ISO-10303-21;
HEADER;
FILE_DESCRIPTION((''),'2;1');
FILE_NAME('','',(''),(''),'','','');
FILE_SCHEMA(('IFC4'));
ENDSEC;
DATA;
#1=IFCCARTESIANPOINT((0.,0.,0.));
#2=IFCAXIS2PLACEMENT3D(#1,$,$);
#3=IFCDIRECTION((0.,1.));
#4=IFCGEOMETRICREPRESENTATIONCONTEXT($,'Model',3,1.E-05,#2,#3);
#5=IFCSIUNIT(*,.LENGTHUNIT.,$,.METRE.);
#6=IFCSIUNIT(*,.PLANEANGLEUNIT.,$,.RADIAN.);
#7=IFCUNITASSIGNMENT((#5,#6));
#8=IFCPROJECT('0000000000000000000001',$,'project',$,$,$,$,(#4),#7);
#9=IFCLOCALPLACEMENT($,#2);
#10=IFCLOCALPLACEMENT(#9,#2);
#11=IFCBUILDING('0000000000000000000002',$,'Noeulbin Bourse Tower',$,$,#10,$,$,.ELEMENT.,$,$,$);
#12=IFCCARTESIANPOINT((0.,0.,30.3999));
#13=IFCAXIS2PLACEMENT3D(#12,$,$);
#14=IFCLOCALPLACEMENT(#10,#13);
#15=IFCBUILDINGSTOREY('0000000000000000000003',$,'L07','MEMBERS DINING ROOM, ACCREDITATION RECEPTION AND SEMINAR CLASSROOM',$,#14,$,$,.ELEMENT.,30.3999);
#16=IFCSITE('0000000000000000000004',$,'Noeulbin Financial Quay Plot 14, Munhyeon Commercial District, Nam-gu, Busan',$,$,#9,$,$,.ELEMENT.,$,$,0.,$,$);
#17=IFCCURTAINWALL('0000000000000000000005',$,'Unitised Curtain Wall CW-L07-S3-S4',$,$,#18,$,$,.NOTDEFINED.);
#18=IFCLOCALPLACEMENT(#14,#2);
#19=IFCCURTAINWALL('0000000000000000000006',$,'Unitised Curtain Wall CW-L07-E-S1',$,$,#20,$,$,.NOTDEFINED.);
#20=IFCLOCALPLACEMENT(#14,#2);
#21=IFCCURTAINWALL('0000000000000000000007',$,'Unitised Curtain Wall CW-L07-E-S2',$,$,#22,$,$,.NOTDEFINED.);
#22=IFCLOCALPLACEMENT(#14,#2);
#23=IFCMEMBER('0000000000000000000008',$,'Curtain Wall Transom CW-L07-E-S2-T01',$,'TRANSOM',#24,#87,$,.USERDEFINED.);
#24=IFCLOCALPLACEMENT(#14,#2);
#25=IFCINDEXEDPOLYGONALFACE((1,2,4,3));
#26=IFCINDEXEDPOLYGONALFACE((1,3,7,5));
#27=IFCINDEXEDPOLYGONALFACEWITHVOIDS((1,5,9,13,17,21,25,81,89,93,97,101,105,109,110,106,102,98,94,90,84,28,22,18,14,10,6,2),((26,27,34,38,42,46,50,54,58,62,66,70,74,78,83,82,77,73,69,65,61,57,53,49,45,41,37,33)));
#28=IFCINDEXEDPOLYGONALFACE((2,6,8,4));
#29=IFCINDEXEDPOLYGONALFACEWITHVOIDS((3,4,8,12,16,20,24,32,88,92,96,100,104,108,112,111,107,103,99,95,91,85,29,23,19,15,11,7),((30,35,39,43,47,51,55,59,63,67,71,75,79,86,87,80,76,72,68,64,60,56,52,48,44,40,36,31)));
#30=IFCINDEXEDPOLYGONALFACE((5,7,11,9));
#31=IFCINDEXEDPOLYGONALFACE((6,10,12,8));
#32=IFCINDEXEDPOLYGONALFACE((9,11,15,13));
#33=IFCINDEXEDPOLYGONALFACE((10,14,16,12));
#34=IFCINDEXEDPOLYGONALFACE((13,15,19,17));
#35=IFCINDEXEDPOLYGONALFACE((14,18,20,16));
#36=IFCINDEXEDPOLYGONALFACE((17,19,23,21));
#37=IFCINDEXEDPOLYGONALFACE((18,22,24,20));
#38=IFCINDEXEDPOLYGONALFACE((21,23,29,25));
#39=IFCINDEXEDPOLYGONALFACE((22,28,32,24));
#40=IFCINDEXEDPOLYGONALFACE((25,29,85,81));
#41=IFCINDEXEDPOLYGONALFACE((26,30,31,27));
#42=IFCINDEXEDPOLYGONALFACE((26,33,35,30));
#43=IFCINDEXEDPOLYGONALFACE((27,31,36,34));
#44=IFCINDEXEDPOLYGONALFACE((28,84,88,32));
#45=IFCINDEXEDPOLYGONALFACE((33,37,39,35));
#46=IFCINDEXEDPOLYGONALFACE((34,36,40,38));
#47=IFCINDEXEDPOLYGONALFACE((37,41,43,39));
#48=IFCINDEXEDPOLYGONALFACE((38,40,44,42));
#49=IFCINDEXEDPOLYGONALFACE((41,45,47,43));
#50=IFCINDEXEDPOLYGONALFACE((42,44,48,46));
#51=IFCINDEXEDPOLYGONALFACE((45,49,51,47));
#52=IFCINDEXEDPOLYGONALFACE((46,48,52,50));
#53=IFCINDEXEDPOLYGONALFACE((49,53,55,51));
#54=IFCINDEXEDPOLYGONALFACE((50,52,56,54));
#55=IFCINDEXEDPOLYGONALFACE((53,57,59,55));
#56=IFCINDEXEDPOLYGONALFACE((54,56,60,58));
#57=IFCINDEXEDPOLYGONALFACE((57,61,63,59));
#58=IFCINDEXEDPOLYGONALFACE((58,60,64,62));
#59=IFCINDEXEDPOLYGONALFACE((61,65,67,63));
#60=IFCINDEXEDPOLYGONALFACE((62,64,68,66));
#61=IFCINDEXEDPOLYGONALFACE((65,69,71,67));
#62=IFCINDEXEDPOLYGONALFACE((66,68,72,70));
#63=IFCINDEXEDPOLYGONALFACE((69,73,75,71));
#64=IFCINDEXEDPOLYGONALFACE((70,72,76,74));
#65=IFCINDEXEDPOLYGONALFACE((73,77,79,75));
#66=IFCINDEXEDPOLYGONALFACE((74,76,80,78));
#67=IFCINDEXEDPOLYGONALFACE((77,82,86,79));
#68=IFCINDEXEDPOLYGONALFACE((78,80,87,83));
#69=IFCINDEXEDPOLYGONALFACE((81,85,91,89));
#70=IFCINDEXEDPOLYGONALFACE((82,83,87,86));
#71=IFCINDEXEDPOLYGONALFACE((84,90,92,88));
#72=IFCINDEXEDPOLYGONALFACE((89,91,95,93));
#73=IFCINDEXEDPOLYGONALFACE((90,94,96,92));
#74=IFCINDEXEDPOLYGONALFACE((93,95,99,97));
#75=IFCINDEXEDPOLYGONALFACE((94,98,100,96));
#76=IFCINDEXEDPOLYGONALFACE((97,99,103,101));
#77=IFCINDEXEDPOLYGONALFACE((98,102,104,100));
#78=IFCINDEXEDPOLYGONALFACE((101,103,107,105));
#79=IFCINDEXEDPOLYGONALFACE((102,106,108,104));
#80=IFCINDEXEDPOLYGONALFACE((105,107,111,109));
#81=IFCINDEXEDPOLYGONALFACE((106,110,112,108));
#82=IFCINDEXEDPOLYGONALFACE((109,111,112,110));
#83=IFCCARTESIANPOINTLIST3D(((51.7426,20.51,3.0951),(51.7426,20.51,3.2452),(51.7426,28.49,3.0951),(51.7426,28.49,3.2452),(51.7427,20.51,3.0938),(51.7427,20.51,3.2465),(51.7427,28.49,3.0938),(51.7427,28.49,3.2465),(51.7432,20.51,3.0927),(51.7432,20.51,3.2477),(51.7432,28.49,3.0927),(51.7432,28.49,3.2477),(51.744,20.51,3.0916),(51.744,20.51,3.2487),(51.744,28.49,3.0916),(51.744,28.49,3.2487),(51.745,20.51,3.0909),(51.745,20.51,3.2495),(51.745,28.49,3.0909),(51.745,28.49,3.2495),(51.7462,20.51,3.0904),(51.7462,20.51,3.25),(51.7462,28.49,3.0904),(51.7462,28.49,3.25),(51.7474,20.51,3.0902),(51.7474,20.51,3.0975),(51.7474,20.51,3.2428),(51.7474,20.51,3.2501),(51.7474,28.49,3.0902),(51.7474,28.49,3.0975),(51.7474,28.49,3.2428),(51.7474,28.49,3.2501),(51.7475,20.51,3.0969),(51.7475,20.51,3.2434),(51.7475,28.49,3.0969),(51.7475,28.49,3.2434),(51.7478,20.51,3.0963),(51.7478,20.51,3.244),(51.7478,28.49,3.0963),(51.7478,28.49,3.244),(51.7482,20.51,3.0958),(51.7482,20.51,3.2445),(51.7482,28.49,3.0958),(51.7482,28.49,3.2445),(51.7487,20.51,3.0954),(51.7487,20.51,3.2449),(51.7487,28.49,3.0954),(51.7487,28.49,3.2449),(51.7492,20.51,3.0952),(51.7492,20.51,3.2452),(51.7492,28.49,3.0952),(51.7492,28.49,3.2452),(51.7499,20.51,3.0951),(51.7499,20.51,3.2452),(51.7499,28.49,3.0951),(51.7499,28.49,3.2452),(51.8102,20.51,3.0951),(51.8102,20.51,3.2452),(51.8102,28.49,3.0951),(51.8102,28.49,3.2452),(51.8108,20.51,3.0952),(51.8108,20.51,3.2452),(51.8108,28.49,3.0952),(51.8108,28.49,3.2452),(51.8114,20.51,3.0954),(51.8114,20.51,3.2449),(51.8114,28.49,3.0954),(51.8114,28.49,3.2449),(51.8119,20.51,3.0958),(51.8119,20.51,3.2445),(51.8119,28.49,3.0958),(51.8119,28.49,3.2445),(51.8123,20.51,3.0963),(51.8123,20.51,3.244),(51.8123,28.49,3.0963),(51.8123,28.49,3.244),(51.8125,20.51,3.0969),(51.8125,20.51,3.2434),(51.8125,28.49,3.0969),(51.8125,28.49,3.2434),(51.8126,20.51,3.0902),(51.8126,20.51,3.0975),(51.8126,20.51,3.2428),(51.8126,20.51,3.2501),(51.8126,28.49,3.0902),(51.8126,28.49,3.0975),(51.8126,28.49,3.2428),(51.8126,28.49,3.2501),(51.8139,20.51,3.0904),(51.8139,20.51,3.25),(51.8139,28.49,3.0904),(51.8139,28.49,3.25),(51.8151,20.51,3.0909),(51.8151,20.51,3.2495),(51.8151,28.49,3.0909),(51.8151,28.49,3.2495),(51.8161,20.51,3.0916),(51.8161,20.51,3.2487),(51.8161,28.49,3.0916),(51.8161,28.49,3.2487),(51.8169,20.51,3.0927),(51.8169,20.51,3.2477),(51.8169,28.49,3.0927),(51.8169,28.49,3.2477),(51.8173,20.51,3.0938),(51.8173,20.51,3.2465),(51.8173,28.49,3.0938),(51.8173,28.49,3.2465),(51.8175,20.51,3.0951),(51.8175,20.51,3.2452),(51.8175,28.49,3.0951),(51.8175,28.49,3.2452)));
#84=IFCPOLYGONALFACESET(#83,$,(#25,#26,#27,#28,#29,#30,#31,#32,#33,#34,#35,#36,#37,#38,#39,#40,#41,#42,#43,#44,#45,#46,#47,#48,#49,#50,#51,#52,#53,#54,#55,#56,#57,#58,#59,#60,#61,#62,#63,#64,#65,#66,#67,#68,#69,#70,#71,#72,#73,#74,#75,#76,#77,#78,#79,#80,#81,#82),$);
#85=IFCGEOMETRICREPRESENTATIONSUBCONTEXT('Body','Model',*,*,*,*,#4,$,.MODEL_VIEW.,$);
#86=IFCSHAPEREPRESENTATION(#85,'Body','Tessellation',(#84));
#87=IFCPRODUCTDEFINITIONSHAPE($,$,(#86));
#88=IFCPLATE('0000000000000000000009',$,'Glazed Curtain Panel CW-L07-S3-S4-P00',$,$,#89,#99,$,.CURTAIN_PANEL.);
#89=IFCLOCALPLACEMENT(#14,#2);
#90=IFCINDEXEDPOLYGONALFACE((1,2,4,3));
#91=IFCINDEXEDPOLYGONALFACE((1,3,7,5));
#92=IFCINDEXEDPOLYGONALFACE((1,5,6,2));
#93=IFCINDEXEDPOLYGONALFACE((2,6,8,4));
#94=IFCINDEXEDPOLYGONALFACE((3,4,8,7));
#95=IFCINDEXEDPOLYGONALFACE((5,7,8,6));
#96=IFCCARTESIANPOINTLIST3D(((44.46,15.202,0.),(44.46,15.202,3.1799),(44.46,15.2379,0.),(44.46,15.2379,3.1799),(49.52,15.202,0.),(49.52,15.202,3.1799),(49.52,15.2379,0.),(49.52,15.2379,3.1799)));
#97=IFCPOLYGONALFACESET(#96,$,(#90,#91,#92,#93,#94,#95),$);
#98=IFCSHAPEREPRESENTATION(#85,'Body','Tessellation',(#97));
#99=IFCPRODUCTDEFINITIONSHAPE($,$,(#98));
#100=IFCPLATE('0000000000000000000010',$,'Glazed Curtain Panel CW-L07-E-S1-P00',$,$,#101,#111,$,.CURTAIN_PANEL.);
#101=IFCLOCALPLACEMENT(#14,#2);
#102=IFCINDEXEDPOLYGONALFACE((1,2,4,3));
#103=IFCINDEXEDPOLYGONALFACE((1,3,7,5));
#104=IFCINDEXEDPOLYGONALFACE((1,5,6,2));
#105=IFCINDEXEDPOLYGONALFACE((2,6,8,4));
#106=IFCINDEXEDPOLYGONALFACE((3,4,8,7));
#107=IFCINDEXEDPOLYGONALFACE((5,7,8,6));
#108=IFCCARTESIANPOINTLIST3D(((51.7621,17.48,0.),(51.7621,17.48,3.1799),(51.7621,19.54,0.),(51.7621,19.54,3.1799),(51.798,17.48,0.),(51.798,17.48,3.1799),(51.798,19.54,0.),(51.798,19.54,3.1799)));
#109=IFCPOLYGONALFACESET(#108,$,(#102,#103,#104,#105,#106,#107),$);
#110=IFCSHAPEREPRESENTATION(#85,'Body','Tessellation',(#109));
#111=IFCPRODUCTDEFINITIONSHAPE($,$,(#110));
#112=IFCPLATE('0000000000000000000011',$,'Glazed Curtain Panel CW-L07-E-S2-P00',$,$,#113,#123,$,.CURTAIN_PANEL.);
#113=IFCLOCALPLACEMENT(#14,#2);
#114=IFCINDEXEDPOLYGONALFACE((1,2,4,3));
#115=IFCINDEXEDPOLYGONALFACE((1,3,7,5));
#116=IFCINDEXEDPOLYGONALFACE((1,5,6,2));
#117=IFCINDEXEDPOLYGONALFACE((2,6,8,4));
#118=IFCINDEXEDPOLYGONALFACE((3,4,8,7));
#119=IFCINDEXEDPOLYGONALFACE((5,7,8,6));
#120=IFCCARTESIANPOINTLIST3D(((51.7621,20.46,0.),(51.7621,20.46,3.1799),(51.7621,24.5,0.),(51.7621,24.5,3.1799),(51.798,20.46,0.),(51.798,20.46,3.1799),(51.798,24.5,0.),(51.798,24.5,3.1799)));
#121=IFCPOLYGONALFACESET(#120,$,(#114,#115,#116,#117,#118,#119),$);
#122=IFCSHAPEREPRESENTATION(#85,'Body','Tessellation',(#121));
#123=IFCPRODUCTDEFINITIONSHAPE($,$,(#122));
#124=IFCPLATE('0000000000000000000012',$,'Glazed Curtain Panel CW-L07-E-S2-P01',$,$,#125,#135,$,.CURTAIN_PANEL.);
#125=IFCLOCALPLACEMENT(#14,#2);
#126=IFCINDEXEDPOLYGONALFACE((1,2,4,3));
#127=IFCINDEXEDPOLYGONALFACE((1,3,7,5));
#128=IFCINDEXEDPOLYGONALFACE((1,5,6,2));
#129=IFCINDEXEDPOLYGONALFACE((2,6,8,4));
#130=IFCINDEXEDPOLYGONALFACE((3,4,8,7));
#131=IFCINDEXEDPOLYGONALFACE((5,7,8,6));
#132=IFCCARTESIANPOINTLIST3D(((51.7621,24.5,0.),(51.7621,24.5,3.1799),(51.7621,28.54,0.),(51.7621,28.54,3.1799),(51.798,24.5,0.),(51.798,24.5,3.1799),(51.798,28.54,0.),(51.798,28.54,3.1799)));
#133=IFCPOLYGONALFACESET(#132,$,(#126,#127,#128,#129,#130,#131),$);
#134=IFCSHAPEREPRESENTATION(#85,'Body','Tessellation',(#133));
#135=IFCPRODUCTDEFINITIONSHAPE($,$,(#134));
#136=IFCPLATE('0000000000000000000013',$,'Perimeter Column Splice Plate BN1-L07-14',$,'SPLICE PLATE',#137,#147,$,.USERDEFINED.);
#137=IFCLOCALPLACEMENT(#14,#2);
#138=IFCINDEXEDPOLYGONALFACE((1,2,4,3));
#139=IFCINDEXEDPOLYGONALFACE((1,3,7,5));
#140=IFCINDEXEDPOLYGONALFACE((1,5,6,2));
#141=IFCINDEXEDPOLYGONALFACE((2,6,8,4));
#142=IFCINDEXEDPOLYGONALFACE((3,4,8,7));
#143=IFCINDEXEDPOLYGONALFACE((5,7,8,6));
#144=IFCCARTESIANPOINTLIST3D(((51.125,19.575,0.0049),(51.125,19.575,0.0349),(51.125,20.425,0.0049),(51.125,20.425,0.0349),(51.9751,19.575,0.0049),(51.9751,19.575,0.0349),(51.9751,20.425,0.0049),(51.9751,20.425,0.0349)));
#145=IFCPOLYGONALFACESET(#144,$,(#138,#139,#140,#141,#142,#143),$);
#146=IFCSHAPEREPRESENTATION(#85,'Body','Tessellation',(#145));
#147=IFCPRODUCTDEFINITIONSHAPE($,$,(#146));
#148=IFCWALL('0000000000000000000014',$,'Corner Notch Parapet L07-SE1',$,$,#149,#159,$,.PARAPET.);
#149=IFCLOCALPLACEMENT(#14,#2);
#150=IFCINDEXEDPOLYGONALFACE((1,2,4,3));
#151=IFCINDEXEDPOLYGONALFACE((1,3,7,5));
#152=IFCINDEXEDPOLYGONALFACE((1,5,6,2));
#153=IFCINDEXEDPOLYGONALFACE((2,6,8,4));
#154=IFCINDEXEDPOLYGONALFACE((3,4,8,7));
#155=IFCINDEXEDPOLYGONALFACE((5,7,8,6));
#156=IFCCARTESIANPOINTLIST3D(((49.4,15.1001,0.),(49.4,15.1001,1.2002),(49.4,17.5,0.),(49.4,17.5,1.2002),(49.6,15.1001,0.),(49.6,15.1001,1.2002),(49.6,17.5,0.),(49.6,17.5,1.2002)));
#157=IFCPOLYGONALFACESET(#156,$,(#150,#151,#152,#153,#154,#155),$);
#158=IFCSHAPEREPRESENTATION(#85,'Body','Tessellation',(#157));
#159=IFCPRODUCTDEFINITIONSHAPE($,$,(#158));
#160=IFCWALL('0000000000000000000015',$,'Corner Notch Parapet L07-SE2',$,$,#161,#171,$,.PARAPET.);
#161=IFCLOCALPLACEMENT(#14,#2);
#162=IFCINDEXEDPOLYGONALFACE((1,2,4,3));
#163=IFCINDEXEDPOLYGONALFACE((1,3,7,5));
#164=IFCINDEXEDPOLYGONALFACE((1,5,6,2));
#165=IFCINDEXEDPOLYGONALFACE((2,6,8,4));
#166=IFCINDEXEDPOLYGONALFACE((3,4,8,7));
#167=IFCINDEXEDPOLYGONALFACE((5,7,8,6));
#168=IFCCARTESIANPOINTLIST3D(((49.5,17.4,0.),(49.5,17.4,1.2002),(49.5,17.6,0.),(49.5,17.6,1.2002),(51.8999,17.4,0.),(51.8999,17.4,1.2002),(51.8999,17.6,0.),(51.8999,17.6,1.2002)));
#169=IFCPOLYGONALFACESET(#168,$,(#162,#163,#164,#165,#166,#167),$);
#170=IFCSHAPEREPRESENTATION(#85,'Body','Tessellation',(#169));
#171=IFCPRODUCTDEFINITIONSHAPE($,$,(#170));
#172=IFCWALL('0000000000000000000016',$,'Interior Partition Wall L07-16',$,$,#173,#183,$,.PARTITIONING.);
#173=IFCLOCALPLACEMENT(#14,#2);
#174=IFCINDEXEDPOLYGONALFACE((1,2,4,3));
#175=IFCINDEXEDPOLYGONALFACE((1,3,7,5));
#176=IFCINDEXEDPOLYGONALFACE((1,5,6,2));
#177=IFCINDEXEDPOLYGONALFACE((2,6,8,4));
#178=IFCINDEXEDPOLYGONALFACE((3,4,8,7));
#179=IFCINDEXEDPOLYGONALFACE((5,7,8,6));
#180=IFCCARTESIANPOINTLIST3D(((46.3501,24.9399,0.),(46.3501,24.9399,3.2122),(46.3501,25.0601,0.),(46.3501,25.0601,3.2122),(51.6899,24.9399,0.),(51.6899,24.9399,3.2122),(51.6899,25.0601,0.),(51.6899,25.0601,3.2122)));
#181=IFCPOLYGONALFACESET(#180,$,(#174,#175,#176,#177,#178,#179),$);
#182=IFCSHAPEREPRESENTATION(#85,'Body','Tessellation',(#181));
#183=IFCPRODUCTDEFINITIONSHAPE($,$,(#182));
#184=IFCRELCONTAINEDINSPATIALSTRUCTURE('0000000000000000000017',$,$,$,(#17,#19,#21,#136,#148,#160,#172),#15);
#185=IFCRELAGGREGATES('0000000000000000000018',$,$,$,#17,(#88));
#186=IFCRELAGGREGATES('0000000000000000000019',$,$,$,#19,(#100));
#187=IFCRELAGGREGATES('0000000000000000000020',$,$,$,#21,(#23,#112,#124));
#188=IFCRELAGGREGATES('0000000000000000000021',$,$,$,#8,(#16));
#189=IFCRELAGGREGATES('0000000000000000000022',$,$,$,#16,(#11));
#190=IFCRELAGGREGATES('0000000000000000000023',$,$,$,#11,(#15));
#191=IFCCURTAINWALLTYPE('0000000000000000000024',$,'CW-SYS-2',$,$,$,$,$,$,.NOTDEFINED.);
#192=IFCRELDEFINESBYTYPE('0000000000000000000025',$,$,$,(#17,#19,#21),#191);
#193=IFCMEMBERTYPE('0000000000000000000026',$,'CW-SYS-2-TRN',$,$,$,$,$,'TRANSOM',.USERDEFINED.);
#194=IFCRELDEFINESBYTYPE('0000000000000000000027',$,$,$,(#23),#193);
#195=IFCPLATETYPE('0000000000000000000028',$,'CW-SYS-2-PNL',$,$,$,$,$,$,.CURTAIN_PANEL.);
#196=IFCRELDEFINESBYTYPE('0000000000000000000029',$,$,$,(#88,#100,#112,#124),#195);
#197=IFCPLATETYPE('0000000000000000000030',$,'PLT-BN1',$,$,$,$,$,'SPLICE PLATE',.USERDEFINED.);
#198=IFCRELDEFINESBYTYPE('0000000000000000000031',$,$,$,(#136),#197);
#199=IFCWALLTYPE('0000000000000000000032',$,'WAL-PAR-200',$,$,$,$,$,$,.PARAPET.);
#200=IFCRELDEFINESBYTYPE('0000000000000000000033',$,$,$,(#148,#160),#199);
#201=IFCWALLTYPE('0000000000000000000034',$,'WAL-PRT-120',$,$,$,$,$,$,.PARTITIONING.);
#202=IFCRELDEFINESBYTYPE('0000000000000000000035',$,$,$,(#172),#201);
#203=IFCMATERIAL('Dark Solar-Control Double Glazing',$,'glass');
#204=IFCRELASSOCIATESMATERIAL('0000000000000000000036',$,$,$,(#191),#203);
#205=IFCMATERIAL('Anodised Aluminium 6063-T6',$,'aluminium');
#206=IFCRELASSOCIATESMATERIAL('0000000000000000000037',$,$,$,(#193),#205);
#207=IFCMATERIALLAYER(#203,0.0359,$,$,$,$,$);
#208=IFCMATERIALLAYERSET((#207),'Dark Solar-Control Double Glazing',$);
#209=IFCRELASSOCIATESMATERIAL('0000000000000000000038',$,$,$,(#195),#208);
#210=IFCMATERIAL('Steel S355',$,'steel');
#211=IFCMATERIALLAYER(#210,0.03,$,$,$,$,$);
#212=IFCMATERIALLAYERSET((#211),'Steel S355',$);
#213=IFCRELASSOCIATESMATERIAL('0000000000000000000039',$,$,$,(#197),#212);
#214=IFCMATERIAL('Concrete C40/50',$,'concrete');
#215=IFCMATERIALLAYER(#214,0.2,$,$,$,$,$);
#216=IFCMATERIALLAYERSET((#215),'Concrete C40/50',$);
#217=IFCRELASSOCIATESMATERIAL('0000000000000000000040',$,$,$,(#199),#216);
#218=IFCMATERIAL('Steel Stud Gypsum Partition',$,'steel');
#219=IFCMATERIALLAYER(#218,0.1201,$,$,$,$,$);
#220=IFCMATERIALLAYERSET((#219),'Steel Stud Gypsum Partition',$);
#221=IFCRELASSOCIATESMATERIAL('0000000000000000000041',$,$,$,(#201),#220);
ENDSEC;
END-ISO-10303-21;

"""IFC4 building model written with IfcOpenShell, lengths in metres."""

from ifc_helpers import new_model, si_unit, direction, frame, frame_2d, origin, origin_2d, place, context, subcontext, project, spatial, rectangle, hollow_rectangle, extrude, material, layer, layer_set, material_profile, profile_set, type_object, element, aggregate, save


model = new_model("IFC4")

# Units and contexts
model_context = context("Model", 3, precision=1e-05, world=origin(), true_north=direction((0.0, 1.0)))
body_context = subcontext(model_context, "Body", "Model", "MODEL_VIEW")
ifc_project = project(units=[si_unit("LENGTHUNIT", "METRE"), si_unit("PLANEANGLEUNIT", "RADIAN")], contexts=[model_context])

# Site, building, storey
site_placement = place(None, origin())
site = spatial("IfcSite", under=ifc_project, at=site_placement, Name="Noeulbin Financial Quay Plot 14, Munhyeon Commercial District, Nam-gu, Busan", CompositionType="ELEMENT", RefElevation=0.0)
building_placement = place(site_placement, origin())
building = spatial("IfcBuilding", under=site, at=building_placement, Name="Noeulbin Bourse Tower", CompositionType="ELEMENT")
storey_placement = place(building_placement, frame((0.0, 0.0, 30.3999)))
storey = spatial("IfcBuildingStorey", under=building, at=storey_placement, Name="L07", Description="MEMBERS DINING ROOM, ACCREDITATION RECEPTION AND SEMINAR CLASSROOM", CompositionType="ELEMENT", Elevation=30.3999)

# Shared definitions
ifc_material_1 = material(Name="Steel S355", Category="steel")

# Curtain walls
ifc_material_2 = material(Name="Dark Solar-Control Double Glazing", Category="glass")
curtain_wall_type = type_object("IfcCurtainWallType", Name="CW-SYS-2", PredefinedType="NOTDEFINED", material=ifc_material_2)
curtain_wall_1_placement = place(storey_placement, origin())
curtain_wall_1 = element("IfcCurtainWall", 1, at=curtain_wall_1_placement, inside=storey, type_object=curtain_wall_type, Name="Unitised Curtain Wall CW-L07-S3-S4", PredefinedType="NOTDEFINED")
ifc_material_3 = material(Name="Anodised Aluminium 6063-T6", Category="aluminium")
curtain_wall_2_placement = place(storey_placement, origin())
curtain_wall_2 = element("IfcCurtainWall", 2, at=curtain_wall_2_placement, inside=storey, type_object=curtain_wall_type, Name="Unitised Curtain Wall CW-L07-E-S1", PredefinedType="NOTDEFINED")
curtain_wall_3_placement = place(storey_placement, origin())
curtain_wall_3 = element("IfcCurtainWall", 3, at=curtain_wall_3_placement, inside=storey, type_object=curtain_wall_type, Name="Unitised Curtain Wall CW-L07-E-S2", PredefinedType="NOTDEFINED")

# Member
ifc_material_profile_1 = material_profile(ifc_material_3, hollow_rectangle(XDim=0.075, YDim=0.1599, WallThickness=0.0049, InnerFilletRadius=0.0024, OuterFilletRadius=0.0049, at=origin_2d()), Name="ALU-TRAN-75x160x5", Category="LoadBearing")
ifc_profile_set_1 = profile_set([ifc_material_profile_1], Name="Anodised Aluminium 6063-T6")
member_type_1 = type_object("IfcMemberType", Name="CW-SYS-2-TRN", ElementType="TRANSOM", PredefinedType="USERDEFINED", material=ifc_profile_set_1)
member_1_placement = place(storey_placement, frame((51.78, 20.51, 3.1702), z_axis=(0.0, 1.0, 0.0), x_axis=(-1.0, 0.0, 0.0)))
member_1 = element("IfcMember", 4, at=member_1_placement, type_object=member_type_1, Name="Curtain Wall Transom CW-L07-E-S2-T01", ObjectType="TRANSOM", PredefinedType="USERDEFINED", context=body_context, shape_type="SweptSolid", body=[
    extrude(hollow_rectangle(XDim=0.075, YDim=0.1599, WallThickness=0.0049, InnerFilletRadius=0.0024, OuterFilletRadius=0.0049, at=origin_2d()), origin(), (0.0, 0.0, 1.0), 7.98),
])

# Plates
ifc_layer_1 = layer(ifc_material_2, 0.0359)
ifc_layer_set_1 = layer_set([ifc_layer_1], Name="Dark Solar-Control Double Glazing")
plate_type_1 = type_object("IfcPlateType", Name="CW-SYS-2-PNL", PredefinedType="CURTAIN_PANEL", material=ifc_layer_set_1)
plate_1_placement = place(storey_placement, frame((46.99, 15.22, 0.0), z_axis=(0.0, 0.0, 1.0), x_axis=(1.0, 0.0, 0.0)))
plate_1 = element("IfcPlate", 5, at=plate_1_placement, type_object=plate_type_1, Name="Glazed Curtain Panel CW-L07-S3-S4-P00", PredefinedType="CURTAIN_PANEL", context=body_context, shape_type="SweptSolid", body=[
    extrude(rectangle(XDim=5.0601, YDim=0.0359, at=origin_2d()), origin(), (0.0, 0.0, 1.0), 3.1799),
])
aggregate(curtain_wall_1, [plate_1])
plate_2_placement = place(storey_placement, frame((51.78, 18.51, 0.0), z_axis=(0.0, 0.0, 1.0), x_axis=(0.0, 1.0, 0.0)))
plate_2 = element("IfcPlate", 6, at=plate_2_placement, type_object=plate_type_1, Name="Glazed Curtain Panel CW-L07-E-S1-P00", PredefinedType="CURTAIN_PANEL", context=body_context, shape_type="SweptSolid", body=[
    extrude(rectangle(XDim=2.0601, YDim=0.0359, at=origin_2d()), origin(), (0.0, 0.0, 1.0), 3.1799),
])
aggregate(curtain_wall_2, [plate_2])
plate_3_placement = place(storey_placement, frame((51.78, 22.48, 0.0), z_axis=(0.0, 0.0, 1.0), x_axis=(0.0, 1.0, 0.0)))
plate_3 = element("IfcPlate", 7, at=plate_3_placement, type_object=plate_type_1, Name="Glazed Curtain Panel CW-L07-E-S2-P00", PredefinedType="CURTAIN_PANEL", context=body_context, shape_type="SweptSolid", body=[
    extrude(rectangle(XDim=4.04, YDim=0.0359, at=origin_2d()), origin(), (0.0, 0.0, 1.0), 3.1799),
])
plate_4_placement = place(storey_placement, frame((51.78, 26.52, 0.0), z_axis=(0.0, 0.0, 1.0), x_axis=(0.0, 1.0, 0.0)))
plate_4 = element("IfcPlate", 8, at=plate_4_placement, type_object=plate_type_1, Name="Glazed Curtain Panel CW-L07-E-S2-P01", PredefinedType="CURTAIN_PANEL", context=body_context, shape_type="SweptSolid", body=[
    extrude(rectangle(XDim=4.04, YDim=0.0359, at=origin_2d()), origin(), (0.0, 0.0, 1.0), 3.1799),
])
aggregate(curtain_wall_3, [member_1, plate_3, plate_4])
ifc_layer_2 = layer(ifc_material_1, 0.03)
ifc_layer_set_2 = layer_set([ifc_layer_2], Name="Steel S355")
plate_type_2 = type_object("IfcPlateType", Name="PLT-BN1", ElementType="SPLICE PLATE", PredefinedType="USERDEFINED", material=ifc_layer_set_2)
plate_5_placement = place(storey_placement, frame((51.55, 20.0, 0.0049), z_axis=(0.0, 0.0, 1.0), x_axis=(1.0, 0.0, 0.0)))
element("IfcPlate", 9, at=plate_5_placement, inside=storey, type_object=plate_type_2, Name="Perimeter Column Splice Plate BN1-L07-14", ObjectType="SPLICE PLATE", PredefinedType="USERDEFINED", context=body_context, shape_type="SweptSolid", body=[
    extrude(rectangle(XDim=0.8501, YDim=0.8501, at=origin_2d()), origin(), (0.0, 0.0, 1.0), 0.03),
])

# Walls
ifc_material_4 = material(Name="Concrete C40/50", Category="concrete")
ifc_layer_3 = layer(ifc_material_4, 0.2)
ifc_layer_set_3 = layer_set([ifc_layer_3], Name="Concrete C40/50")
wall_type_1 = type_object("IfcWallType", Name="WAL-PAR-200", PredefinedType="PARAPET", material=ifc_layer_set_3)
for number, where, z_axis, x_axis, name in (
    (10, (49.5, 15.1001, 0.0), (0.0, 0.0, 1.0), (0.0, 1.0, 0.0), "Corner Notch Parapet L07-SE1"),
    (11, (49.5, 17.5, 0.0), (0.0, 0.0, 1.0), (1.0, 0.0, 0.0), "Corner Notch Parapet L07-SE2"),
):
    element("IfcWall", number, at=place(storey_placement, frame(where, z_axis=z_axis, x_axis=x_axis)), inside=storey, type_object=wall_type_1, Name=name, PredefinedType="PARAPET", context=body_context, shape_type="SweptSolid", body=[
        extrude(rectangle(XDim=2.3999, YDim=0.2, at=frame_2d((1.2, 0.0))), origin(), (0.0, 0.0, 1.0), 1.2002),
    ])
ifc_material_5 = material(Name="Steel Stud Gypsum Partition", Category="steel")
ifc_layer_4 = layer(ifc_material_5, 0.1201)
ifc_layer_set_4 = layer_set([ifc_layer_4], Name="Steel Stud Gypsum Partition")
wall_type_2 = type_object("IfcWallType", Name="WAL-PRT-120", PredefinedType="PARTITIONING", material=ifc_layer_set_4)
wall_1_placement = place(storey_placement, frame((46.3501, 25.0, 0.0), z_axis=(0.0, 0.0, 1.0), x_axis=(1.0, 0.0, 0.0)))
element("IfcWall", 12, at=wall_1_placement, inside=storey, type_object=wall_type_2, Name="Interior Partition Wall L07-16", PredefinedType="PARTITIONING", context=body_context, shape_type="SweptSolid", body=[
    extrude(rectangle(XDim=5.3398, YDim=0.1201, at=frame_2d((2.6699, 0.0))), origin(), (0.0, 0.0, 1.0), 3.2122),
])

save(model, "model.ifc")
